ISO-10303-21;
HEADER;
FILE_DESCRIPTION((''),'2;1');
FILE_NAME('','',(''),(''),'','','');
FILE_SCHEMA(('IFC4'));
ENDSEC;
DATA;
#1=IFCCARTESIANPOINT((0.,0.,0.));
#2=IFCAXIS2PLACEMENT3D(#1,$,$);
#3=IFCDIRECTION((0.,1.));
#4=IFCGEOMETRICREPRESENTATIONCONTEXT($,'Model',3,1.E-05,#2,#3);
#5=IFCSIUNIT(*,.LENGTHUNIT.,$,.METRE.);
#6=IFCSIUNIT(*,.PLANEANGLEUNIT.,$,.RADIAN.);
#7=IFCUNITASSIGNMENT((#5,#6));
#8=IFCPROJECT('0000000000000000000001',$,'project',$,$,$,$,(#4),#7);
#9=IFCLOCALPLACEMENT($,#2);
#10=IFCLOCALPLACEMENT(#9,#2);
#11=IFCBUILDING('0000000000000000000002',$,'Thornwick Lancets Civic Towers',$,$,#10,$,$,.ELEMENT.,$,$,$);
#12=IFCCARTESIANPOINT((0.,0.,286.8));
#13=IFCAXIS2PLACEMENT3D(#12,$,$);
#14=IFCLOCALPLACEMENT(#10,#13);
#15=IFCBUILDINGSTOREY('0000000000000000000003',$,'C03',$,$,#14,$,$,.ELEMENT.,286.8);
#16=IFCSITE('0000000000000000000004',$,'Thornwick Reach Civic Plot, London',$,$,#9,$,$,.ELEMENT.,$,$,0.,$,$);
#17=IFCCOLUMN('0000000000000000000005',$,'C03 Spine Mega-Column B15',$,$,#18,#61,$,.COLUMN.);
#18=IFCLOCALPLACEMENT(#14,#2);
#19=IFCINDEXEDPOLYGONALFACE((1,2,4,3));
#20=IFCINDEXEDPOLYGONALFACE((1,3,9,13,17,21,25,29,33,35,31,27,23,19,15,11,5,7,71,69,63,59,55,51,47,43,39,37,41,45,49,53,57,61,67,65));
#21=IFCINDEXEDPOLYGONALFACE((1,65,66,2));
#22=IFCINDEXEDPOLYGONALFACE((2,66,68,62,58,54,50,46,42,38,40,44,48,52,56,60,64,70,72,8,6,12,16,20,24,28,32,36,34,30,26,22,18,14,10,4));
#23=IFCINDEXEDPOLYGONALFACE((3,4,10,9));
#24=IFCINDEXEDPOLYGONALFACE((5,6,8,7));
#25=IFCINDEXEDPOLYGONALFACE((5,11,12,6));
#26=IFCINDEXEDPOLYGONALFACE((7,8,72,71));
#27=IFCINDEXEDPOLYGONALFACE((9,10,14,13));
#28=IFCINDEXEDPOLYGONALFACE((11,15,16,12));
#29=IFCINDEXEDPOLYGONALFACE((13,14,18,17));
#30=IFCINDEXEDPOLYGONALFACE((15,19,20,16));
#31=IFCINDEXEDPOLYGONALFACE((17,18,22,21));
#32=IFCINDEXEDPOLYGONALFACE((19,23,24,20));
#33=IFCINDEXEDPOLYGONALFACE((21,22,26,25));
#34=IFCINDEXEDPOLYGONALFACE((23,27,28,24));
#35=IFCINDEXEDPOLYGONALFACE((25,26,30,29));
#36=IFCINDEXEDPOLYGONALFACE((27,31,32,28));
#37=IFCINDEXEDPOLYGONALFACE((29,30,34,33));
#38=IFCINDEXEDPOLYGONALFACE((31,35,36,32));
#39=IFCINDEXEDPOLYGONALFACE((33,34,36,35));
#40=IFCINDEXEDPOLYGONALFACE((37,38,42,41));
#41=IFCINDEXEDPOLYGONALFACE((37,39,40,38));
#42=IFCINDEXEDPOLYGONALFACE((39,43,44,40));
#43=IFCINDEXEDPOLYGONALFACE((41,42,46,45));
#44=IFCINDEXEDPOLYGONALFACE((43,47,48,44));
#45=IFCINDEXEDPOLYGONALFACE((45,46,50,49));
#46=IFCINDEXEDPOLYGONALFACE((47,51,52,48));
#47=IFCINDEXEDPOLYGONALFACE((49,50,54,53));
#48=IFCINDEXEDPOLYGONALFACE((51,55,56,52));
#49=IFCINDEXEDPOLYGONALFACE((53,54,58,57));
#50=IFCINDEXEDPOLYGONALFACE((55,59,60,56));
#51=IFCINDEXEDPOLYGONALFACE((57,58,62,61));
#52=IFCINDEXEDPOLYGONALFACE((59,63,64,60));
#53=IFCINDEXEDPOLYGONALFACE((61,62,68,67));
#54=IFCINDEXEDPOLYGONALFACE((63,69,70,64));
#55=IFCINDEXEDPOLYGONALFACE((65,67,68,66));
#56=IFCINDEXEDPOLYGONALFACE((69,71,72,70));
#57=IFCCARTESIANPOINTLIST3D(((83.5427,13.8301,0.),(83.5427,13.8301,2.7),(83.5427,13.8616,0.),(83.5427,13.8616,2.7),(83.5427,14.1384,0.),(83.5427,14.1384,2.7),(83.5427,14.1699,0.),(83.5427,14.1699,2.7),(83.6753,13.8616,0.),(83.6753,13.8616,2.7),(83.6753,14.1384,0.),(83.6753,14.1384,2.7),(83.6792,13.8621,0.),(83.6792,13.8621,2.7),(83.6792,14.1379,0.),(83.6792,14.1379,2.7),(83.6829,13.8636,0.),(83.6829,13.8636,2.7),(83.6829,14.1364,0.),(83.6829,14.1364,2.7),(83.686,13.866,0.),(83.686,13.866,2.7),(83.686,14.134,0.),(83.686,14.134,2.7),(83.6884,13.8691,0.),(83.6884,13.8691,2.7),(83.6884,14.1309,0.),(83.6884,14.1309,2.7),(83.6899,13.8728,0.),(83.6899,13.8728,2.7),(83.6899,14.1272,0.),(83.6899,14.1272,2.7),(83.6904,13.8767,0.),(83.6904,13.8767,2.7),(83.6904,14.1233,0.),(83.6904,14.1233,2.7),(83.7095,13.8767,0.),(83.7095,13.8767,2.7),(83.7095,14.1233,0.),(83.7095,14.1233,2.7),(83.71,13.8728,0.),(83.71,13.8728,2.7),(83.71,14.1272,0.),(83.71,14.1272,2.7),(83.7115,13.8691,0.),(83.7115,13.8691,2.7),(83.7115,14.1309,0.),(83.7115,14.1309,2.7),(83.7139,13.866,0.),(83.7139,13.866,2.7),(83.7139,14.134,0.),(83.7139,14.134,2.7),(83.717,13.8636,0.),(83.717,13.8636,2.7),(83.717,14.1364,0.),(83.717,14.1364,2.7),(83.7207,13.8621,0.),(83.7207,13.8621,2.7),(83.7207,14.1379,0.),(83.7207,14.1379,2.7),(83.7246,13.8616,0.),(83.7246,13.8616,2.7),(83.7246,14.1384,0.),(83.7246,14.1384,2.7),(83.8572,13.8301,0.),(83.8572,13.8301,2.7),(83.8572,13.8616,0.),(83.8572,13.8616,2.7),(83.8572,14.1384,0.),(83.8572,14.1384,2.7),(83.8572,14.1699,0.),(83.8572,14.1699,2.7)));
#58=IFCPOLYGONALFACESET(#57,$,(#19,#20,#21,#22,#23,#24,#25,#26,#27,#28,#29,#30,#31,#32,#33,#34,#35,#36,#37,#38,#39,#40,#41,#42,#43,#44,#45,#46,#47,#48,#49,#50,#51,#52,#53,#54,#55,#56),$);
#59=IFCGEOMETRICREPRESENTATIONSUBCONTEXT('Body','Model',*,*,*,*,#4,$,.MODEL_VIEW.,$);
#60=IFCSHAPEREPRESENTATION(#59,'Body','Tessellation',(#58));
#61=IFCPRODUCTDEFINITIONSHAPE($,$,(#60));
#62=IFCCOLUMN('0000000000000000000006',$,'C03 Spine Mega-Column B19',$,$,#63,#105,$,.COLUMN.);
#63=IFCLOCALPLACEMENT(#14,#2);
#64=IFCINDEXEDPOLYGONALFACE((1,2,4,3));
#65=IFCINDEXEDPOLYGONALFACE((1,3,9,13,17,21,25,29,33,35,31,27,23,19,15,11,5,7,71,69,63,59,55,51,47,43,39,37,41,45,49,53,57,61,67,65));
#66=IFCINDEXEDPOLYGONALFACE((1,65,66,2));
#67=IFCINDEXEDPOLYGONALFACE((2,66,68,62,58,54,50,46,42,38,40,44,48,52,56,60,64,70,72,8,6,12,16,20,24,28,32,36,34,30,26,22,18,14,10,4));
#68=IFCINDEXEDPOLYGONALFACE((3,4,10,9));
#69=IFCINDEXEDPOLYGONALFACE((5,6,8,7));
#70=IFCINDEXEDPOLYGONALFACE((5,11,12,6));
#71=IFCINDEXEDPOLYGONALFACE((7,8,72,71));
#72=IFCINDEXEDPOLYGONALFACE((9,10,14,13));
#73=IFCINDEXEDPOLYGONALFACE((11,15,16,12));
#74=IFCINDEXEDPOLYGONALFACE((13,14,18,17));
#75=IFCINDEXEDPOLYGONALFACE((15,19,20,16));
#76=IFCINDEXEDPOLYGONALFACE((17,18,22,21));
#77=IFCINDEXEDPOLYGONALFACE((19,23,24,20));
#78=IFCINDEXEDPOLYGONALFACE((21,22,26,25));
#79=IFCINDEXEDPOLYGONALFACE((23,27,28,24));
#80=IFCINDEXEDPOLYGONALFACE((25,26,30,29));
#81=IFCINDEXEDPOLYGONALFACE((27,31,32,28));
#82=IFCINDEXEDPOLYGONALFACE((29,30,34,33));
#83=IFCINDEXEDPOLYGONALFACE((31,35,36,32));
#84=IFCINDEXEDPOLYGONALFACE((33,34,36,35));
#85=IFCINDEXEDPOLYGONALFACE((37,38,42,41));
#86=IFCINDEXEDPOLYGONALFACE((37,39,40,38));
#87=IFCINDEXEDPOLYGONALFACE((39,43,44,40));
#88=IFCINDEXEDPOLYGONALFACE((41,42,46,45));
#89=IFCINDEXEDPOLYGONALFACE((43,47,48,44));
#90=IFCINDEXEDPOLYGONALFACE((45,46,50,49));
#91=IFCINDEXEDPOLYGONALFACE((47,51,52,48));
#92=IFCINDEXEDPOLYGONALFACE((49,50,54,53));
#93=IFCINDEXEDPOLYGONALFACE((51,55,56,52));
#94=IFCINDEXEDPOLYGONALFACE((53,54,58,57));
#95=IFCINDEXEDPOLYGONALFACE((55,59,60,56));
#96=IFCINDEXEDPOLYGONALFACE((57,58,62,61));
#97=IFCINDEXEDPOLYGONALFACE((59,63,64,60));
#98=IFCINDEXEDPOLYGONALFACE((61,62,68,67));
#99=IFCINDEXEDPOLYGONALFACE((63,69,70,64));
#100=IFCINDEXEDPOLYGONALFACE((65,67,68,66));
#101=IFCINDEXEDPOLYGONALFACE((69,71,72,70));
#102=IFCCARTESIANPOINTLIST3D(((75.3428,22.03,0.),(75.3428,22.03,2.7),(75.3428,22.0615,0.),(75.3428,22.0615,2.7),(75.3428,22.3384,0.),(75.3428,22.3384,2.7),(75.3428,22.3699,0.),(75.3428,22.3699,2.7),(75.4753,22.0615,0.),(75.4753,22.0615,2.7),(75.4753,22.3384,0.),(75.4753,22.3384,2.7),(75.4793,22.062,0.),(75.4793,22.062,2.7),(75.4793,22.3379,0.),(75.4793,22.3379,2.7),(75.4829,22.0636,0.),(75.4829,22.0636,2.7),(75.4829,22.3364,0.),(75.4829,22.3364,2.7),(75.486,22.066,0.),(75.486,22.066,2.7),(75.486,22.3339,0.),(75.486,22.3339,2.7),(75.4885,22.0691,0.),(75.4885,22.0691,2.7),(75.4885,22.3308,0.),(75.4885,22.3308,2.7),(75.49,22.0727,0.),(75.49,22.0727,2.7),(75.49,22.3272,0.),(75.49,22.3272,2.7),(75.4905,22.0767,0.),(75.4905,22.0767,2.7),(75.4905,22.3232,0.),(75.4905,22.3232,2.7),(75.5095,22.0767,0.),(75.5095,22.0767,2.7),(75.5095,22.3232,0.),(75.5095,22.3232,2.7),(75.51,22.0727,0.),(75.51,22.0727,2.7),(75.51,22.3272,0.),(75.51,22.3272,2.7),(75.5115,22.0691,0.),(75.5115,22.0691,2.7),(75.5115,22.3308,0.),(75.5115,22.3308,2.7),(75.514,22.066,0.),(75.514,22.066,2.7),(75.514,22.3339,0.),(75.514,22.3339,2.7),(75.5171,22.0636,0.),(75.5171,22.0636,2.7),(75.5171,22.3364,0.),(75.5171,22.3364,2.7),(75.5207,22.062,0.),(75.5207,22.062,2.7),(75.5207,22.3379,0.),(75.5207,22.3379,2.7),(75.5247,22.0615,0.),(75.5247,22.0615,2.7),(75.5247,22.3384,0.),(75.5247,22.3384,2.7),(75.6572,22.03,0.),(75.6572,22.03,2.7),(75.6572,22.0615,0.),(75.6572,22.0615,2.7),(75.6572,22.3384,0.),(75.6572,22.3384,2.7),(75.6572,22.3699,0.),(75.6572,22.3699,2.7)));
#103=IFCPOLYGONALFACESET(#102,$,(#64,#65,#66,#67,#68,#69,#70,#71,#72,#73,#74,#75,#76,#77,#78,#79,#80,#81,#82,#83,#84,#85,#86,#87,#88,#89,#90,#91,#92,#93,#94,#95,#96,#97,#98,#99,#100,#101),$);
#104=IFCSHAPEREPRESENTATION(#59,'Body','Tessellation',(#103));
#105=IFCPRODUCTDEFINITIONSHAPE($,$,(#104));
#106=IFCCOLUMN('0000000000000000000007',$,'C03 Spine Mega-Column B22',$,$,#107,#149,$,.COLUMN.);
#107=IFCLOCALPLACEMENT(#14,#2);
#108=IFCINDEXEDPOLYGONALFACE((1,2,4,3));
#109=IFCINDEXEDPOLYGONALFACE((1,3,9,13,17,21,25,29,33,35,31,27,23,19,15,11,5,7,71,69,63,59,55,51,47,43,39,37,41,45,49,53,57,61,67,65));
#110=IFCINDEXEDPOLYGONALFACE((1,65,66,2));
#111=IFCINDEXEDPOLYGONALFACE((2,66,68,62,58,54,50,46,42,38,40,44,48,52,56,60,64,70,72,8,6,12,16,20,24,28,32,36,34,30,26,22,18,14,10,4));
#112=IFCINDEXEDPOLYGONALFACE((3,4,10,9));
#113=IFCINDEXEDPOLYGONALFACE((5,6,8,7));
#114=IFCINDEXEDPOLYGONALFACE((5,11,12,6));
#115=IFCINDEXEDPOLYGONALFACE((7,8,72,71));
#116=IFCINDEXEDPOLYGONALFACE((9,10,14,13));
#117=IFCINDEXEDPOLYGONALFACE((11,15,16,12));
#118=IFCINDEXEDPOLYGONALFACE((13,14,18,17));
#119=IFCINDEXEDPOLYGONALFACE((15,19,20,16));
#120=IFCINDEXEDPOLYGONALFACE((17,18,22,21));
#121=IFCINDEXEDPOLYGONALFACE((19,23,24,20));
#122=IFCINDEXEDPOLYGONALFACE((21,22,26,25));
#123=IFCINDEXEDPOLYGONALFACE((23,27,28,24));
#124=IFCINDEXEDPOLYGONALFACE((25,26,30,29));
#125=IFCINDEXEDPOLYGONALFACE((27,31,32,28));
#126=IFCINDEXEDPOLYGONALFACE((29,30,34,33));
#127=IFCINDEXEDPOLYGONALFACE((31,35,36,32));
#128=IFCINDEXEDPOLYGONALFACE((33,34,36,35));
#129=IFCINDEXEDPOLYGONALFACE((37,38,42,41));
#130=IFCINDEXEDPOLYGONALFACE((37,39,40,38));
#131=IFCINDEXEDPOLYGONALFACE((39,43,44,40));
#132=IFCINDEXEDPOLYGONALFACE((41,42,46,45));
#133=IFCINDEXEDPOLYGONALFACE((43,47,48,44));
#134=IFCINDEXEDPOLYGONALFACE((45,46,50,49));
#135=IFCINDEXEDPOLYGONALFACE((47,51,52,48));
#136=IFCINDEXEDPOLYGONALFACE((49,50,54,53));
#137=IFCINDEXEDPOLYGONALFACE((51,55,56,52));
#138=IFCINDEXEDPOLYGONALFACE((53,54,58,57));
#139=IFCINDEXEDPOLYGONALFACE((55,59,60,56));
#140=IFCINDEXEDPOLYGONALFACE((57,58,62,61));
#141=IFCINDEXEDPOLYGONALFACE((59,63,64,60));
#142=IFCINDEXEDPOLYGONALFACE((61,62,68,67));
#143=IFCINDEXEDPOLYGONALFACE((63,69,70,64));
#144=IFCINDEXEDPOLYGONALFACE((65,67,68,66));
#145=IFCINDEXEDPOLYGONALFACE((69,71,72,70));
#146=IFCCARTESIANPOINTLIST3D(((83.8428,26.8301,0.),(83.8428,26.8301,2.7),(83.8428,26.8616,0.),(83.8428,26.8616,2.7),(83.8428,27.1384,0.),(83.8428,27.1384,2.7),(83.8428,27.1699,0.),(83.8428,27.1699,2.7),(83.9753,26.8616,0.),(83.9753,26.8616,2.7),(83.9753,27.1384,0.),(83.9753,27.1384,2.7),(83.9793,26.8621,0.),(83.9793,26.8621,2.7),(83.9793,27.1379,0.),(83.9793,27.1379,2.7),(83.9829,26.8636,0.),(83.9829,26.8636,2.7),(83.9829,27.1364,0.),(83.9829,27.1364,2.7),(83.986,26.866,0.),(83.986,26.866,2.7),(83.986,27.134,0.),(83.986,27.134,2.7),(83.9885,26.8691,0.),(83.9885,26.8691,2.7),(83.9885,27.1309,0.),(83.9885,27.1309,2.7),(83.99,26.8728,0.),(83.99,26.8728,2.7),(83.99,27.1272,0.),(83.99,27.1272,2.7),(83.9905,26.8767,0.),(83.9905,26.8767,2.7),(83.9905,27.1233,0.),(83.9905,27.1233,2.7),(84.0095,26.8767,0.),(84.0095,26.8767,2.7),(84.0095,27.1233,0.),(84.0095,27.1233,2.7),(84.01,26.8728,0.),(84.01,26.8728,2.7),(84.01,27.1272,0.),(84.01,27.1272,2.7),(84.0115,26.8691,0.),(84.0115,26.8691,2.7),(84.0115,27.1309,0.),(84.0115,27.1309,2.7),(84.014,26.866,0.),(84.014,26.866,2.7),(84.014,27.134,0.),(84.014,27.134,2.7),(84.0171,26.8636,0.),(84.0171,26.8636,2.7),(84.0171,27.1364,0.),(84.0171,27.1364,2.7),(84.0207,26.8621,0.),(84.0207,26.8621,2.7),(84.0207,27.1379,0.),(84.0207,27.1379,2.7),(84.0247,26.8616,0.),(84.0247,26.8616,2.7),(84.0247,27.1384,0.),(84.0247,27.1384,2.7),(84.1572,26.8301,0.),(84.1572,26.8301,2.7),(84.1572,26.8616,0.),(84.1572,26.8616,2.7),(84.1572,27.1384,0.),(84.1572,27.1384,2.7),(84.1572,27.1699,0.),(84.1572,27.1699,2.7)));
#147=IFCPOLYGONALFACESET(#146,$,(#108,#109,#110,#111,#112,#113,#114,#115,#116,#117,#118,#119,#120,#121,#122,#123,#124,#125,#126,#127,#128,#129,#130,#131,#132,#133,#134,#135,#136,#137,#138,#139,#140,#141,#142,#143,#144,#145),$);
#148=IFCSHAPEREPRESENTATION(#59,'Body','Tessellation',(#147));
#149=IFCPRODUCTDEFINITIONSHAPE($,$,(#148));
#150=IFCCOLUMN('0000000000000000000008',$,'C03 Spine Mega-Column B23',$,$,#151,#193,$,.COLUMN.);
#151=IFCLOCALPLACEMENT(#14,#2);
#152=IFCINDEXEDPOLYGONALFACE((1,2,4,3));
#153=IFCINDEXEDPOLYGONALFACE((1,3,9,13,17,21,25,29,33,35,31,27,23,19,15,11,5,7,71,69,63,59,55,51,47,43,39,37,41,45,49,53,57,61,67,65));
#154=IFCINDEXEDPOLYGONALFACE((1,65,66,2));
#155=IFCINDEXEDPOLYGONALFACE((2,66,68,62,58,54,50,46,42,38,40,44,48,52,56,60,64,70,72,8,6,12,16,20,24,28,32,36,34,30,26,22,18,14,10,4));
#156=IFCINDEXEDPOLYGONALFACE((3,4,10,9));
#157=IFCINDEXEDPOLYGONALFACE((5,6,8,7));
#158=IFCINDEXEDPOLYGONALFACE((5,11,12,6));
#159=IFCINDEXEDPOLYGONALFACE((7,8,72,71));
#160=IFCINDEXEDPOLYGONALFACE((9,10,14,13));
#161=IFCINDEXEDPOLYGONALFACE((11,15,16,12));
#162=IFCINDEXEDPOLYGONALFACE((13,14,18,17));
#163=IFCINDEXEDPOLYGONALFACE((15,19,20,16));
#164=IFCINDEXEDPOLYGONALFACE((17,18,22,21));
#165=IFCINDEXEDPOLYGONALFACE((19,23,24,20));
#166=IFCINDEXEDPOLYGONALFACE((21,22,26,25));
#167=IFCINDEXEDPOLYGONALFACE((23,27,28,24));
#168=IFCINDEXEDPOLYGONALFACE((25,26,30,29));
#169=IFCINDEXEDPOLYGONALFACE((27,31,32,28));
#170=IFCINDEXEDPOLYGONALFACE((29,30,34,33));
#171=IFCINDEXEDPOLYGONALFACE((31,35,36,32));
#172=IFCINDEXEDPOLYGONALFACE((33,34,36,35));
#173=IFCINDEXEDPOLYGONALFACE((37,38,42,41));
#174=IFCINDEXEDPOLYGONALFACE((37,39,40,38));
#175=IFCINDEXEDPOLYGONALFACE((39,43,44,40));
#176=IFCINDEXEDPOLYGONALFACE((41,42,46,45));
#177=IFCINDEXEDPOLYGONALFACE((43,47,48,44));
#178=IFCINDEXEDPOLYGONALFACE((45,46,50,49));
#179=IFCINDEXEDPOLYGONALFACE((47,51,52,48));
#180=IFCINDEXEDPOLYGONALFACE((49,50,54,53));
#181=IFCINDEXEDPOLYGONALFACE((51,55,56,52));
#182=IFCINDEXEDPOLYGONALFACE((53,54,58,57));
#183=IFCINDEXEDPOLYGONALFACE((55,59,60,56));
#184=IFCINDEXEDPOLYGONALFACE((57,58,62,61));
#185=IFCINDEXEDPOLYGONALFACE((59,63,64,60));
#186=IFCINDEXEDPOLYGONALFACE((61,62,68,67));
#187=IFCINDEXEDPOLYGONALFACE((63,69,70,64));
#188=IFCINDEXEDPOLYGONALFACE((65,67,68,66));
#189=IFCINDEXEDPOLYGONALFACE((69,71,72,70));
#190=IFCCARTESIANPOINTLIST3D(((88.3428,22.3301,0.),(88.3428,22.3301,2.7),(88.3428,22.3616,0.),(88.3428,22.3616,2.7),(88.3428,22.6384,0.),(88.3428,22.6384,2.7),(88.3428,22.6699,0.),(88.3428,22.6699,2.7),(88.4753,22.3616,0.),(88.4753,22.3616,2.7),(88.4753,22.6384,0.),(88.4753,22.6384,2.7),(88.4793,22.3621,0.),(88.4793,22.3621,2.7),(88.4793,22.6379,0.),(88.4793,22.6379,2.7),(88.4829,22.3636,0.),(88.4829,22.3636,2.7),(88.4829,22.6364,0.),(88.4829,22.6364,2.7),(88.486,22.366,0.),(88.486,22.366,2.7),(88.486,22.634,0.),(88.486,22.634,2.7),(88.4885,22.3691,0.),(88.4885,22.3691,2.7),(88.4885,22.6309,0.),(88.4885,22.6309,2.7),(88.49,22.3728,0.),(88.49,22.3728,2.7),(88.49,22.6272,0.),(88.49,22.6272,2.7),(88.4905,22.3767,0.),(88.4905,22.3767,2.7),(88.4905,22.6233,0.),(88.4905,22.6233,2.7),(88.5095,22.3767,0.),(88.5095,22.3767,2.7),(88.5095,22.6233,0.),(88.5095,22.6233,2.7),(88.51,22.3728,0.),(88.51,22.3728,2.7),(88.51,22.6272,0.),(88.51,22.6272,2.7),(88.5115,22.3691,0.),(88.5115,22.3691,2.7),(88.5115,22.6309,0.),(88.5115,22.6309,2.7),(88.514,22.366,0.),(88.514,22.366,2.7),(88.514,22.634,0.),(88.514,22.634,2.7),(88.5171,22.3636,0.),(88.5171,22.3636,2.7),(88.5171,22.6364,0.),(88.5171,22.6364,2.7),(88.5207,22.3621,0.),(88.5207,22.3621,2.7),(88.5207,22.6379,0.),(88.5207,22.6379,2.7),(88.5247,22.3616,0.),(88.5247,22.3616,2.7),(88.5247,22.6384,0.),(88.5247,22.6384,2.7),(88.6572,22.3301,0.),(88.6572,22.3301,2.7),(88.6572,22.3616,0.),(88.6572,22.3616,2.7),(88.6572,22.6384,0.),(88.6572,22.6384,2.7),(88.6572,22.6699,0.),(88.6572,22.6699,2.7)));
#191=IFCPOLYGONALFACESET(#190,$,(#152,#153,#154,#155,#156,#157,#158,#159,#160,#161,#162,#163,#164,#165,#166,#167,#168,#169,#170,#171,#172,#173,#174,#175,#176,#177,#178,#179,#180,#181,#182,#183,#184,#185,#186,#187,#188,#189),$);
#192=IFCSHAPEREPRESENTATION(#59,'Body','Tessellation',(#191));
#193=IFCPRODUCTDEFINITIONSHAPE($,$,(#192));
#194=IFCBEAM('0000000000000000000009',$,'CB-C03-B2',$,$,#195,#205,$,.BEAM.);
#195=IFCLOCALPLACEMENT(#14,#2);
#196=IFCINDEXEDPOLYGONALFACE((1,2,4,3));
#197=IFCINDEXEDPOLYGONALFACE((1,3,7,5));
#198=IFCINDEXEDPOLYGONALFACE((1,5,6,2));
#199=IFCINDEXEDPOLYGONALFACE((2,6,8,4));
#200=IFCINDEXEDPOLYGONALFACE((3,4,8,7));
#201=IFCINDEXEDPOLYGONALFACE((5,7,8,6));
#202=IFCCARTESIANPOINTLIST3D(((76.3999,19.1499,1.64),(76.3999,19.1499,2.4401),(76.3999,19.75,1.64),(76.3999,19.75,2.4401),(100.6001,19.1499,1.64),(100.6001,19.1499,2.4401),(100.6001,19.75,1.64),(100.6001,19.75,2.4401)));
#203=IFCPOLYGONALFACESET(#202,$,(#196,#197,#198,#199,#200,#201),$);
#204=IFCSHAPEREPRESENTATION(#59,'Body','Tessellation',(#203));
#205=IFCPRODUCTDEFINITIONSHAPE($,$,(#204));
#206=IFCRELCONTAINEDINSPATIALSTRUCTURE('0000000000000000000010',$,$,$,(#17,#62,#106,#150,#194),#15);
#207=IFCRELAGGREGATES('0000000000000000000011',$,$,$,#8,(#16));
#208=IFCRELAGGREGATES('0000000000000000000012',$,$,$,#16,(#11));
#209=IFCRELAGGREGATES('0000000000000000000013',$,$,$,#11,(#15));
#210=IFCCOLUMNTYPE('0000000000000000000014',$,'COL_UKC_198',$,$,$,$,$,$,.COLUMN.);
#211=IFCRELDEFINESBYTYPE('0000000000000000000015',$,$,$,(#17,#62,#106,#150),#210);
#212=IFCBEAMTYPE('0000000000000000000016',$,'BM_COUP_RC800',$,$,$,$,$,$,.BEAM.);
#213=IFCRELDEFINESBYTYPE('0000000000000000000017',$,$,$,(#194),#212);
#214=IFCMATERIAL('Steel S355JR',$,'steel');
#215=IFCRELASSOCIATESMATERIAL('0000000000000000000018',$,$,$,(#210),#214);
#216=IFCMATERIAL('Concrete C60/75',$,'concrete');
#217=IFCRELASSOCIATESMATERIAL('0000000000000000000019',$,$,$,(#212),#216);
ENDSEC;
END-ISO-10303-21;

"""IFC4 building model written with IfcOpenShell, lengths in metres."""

from ifc_helpers import new_model, si_unit, direction, frame, origin, origin_2d, place, context, subcontext, project, spatial, rectangle, i_section, extrude, material, material_profile, profile_set, type_object, element, save


model = new_model("IFC4")

# Units and contexts
model_context = context("Model", 3, precision=1e-05, world=origin(), true_north=direction((0.0, 1.0)))
body_context = subcontext(model_context, "Body", "Model", "MODEL_VIEW")
ifc_project = project(units=[si_unit("LENGTHUNIT", "METRE"), si_unit("PLANEANGLEUNIT", "RADIAN")], contexts=[model_context])

# Site, building, storey
site_placement = place(None, origin())
site = spatial("IfcSite", under=ifc_project, at=site_placement, Name="Thornwick Reach Civic Plot, London", CompositionType="ELEMENT", RefElevation=0.0)
building_placement = place(site_placement, origin())
building = spatial("IfcBuilding", under=site, at=building_placement, Name="Thornwick Lancets Civic Towers", CompositionType="ELEMENT")
storey_placement = place(building_placement, frame((0.0, 0.0, 286.8)))
storey = spatial("IfcBuildingStorey", under=building, at=storey_placement, Name="C03", CompositionType="ELEMENT", Elevation=286.8)

# Columns
ifc_material_1 = material(Name="Steel S355JR", Category="steel")
ifc_material_profile_1 = material_profile(ifc_material_1, i_section(OverallWidth=0.3145, OverallDepth=0.3398, WebThickness=0.019, FlangeThickness=0.0315, FilletRadius=0.0151, at=origin_2d()), Name="UKC 305x305x198")
ifc_profile_set_1 = profile_set([ifc_material_profile_1], Name="Steel S355JR")
column_type = type_object("IfcColumnType", Name="COL_UKC_198", PredefinedType="COLUMN", material=ifc_profile_set_1)
for number, where, z_axis, x_axis, name in (
    (1, (83.7, 14.0, 0.0), (0.0, 0.0, 1.0), (1.0, 0.0, 0.0), "C03 Spine Mega-Column B15"),
    (2, (75.5, 22.2, 0.0), (0.0, 0.0, 1.0), (1.0, 0.0, 0.0), "C03 Spine Mega-Column B19"),
    (3, (84.0, 27.0, 0.0), (0.0, 0.0, 1.0), (1.0, 0.0, 0.0), "C03 Spine Mega-Column B22"),
    (4, (88.5, 22.5, 0.0), (0.0, 0.0, 1.0), (1.0, 0.0, 0.0), "C03 Spine Mega-Column B23"),
):
    element("IfcColumn", number, at=place(storey_placement, frame(where, z_axis=z_axis, x_axis=x_axis)), inside=storey, type_object=column_type, Name=name, PredefinedType="COLUMN", context=body_context, shape_type="SweptSolid", body=[
        extrude(i_section(OverallWidth=0.3145, OverallDepth=0.3398, WebThickness=0.019, FlangeThickness=0.0315, FilletRadius=0.0151, at=origin_2d()), origin(), (0.0, 0.0, 1.0), 2.7),
    ])

# Beam
ifc_material_2 = material(Name="Concrete C60/75", Category="concrete")
ifc_material_profile_2 = material_profile(ifc_material_2, rectangle(XDim=0.6001, YDim=0.8, at=origin_2d()), Name="RC 600x800")
ifc_profile_set_2 = profile_set([ifc_material_profile_2], Name="Concrete C60/75")
beam_type_1 = type_object("IfcBeamType", Name="BM_COUP_RC800", PredefinedType="BEAM", material=ifc_profile_set_2)
beam_1_placement = place(storey_placement, frame((76.3999, 19.45, 2.04), z_axis=(1.0, 0.0, 0.0), x_axis=(0.0, 1.0, 0.0)))
element("IfcBeam", 5, at=beam_1_placement, inside=storey, type_object=beam_type_1, Name="CB-C03-B2", PredefinedType="BEAM", context=body_context, shape_type="SweptSolid", body=[
    extrude(rectangle(XDim=0.6001, YDim=0.8, at=origin_2d()), origin(), (0.0, 0.0, 1.0), 24.2002),
])

save(model, "model.ifc")
